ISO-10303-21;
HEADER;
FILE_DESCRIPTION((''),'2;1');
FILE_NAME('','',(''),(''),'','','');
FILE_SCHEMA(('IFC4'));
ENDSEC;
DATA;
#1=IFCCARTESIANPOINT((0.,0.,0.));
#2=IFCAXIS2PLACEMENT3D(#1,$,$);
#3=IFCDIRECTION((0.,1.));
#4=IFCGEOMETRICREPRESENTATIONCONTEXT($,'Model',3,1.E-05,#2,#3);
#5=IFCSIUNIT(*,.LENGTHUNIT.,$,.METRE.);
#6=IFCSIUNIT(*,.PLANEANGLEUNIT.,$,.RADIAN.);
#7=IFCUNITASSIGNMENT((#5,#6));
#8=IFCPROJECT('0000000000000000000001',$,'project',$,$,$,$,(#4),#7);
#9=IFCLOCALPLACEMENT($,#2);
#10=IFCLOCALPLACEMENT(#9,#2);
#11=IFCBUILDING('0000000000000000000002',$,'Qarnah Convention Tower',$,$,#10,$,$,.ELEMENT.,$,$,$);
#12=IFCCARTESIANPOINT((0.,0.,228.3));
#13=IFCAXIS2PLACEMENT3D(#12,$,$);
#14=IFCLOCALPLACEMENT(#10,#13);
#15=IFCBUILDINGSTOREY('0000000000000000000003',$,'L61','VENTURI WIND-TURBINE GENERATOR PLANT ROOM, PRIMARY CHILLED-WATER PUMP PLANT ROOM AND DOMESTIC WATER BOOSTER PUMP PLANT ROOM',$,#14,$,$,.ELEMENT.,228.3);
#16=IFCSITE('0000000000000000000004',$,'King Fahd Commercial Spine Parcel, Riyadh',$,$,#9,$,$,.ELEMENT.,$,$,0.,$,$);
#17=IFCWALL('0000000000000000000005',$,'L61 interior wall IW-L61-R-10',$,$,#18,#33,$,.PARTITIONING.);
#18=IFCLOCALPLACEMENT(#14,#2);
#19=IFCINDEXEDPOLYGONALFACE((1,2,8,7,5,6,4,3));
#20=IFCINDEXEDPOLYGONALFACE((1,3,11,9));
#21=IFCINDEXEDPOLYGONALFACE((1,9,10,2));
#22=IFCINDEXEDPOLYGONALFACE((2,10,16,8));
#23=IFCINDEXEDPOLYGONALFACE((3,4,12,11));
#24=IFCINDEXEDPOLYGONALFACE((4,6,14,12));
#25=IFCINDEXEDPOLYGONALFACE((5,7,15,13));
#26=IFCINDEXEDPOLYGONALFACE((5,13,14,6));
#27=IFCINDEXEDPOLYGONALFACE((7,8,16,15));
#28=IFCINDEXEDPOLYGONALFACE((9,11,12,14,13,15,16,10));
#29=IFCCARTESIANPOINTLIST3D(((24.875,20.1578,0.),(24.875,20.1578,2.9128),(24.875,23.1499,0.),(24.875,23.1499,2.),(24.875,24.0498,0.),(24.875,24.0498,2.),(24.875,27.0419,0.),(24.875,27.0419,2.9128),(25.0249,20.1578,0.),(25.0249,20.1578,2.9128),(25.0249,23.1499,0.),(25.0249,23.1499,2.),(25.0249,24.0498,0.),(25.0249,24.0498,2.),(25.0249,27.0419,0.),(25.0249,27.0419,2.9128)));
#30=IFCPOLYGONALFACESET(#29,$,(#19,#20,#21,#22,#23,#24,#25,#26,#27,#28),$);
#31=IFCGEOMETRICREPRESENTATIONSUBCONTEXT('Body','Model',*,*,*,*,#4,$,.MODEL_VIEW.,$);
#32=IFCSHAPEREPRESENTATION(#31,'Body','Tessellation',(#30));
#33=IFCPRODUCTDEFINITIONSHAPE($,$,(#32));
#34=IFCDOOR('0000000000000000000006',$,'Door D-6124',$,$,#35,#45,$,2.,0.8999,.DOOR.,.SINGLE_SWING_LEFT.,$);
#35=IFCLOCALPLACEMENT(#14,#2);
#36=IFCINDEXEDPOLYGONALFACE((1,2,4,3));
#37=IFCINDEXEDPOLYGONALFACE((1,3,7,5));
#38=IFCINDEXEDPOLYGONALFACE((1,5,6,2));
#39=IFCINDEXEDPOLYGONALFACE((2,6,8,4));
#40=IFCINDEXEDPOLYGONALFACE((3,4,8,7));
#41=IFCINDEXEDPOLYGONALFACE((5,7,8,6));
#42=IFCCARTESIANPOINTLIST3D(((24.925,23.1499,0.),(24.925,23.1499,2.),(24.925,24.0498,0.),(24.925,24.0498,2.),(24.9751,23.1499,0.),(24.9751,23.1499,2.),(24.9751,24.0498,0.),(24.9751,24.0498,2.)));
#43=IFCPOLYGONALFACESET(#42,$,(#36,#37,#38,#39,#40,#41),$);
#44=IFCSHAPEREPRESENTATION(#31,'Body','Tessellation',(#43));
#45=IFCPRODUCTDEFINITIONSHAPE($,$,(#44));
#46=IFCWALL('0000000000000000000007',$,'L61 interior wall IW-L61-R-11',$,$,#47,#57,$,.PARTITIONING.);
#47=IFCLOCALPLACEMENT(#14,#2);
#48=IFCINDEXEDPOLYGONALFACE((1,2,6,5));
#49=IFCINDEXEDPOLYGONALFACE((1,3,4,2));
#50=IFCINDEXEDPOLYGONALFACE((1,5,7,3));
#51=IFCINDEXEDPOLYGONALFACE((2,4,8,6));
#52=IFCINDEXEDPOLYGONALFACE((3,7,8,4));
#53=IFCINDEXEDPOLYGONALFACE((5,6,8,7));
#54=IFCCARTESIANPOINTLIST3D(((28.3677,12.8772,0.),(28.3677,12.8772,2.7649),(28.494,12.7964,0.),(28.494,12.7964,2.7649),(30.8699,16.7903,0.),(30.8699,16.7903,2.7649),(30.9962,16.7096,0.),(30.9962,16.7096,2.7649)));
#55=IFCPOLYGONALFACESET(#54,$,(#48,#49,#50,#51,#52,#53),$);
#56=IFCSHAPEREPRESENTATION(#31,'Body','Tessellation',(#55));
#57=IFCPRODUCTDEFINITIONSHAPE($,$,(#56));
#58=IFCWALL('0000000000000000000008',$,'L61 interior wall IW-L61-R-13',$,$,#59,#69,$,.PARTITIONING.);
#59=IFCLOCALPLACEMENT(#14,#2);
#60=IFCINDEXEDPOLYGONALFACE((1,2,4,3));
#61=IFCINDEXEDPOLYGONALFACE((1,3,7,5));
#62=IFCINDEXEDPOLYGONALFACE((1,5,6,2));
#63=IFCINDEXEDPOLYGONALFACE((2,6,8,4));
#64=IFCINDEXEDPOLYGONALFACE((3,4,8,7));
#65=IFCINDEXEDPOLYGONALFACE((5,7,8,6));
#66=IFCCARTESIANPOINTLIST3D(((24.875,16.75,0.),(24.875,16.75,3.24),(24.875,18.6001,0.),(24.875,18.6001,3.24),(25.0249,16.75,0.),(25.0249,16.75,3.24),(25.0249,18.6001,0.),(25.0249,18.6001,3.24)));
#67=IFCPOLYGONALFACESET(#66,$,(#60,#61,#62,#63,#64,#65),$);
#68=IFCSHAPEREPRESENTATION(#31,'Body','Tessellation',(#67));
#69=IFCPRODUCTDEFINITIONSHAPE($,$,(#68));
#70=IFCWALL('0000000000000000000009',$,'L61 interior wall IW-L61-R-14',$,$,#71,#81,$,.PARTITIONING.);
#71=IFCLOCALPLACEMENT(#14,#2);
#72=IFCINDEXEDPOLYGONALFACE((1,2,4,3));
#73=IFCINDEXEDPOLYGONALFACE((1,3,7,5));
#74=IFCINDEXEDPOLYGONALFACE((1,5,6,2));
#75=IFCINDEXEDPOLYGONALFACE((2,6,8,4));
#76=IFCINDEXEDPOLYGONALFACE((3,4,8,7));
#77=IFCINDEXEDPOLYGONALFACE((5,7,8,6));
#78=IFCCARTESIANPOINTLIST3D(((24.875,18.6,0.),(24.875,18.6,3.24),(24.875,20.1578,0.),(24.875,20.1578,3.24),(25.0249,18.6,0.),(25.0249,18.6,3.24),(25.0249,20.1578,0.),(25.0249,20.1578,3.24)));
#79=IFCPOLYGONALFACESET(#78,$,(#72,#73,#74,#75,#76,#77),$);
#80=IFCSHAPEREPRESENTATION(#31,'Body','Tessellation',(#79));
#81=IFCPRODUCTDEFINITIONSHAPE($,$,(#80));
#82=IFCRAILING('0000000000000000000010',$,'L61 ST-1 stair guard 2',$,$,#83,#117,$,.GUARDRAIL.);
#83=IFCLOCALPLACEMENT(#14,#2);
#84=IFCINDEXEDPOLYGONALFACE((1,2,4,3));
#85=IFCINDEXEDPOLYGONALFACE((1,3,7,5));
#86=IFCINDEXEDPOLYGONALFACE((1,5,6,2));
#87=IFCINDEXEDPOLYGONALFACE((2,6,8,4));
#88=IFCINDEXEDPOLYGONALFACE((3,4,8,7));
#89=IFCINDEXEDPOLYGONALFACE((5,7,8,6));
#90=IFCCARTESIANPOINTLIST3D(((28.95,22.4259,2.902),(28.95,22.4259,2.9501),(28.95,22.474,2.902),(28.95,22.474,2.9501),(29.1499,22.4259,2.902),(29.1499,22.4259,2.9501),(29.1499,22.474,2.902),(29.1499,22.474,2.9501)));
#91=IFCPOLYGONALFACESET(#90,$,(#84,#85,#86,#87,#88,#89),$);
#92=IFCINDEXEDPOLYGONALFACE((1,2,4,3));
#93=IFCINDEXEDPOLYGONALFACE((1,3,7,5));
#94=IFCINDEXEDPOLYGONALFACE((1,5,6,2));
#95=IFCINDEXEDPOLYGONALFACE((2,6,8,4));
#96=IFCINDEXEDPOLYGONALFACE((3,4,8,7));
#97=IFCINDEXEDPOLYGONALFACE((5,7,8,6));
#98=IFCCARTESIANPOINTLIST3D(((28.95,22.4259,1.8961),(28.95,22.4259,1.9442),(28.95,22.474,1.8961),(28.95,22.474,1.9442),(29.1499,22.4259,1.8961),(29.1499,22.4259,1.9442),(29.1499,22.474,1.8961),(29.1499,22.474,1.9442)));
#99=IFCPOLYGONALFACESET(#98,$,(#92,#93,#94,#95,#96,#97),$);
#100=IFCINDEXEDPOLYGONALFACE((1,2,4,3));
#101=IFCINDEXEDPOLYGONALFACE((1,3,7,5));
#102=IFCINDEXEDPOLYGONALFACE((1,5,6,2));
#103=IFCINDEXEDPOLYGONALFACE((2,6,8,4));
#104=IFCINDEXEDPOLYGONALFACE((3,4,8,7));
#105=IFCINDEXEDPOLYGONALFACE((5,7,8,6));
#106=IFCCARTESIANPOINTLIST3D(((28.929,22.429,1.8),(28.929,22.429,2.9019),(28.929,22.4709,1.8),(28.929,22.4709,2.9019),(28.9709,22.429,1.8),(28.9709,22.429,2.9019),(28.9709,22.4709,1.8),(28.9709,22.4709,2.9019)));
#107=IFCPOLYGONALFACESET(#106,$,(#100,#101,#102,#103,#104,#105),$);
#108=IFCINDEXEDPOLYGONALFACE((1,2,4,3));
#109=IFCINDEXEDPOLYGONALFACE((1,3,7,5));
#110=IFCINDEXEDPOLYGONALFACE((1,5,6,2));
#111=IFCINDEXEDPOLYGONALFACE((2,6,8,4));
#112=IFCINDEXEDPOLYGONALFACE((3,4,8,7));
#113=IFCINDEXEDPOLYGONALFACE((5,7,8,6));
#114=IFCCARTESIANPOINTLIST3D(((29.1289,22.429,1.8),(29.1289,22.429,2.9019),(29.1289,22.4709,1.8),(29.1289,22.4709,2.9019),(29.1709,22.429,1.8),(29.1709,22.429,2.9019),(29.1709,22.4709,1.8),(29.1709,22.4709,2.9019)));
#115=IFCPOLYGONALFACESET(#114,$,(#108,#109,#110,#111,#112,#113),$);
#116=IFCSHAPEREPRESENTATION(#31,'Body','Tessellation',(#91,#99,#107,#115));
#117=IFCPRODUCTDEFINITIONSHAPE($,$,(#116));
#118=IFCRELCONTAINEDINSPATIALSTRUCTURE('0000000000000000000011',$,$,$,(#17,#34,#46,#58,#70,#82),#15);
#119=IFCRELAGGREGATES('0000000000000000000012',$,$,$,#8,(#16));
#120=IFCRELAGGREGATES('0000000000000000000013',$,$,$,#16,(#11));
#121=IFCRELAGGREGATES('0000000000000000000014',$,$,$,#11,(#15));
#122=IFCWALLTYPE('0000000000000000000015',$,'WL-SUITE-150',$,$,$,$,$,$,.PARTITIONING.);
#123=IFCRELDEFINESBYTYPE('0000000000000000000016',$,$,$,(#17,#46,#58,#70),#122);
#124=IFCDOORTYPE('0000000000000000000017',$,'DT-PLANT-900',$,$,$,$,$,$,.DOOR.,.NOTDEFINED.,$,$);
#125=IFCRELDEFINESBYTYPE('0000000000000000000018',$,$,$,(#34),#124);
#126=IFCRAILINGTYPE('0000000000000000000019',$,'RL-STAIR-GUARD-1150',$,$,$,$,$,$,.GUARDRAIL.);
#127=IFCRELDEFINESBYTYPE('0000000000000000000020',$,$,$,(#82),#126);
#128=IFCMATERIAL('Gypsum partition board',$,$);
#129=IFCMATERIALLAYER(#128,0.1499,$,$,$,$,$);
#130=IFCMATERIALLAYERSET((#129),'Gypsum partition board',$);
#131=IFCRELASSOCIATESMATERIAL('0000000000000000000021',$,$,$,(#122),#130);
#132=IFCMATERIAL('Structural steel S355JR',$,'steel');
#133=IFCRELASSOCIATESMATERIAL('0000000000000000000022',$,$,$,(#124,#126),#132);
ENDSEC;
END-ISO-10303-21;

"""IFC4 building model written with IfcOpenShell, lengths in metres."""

from ifc_helpers import new_model, si_unit, direction, frame, frame_2d, origin, origin_2d, place, context, subcontext, project, spatial, rectangle, extrude, material, layer, layer_set, type_object, element, fill, save


model = new_model("IFC4")

# Units and contexts
model_context = context("Model", 3, precision=1e-05, world=origin(), true_north=direction((0.0, 1.0)))
body_context = subcontext(model_context, "Body", "Model", "MODEL_VIEW")
ifc_project = project(units=[si_unit("LENGTHUNIT", "METRE"), si_unit("PLANEANGLEUNIT", "RADIAN")], contexts=[model_context])

# Site, building, storey
site_placement = place(None, origin())
site = spatial("IfcSite", under=ifc_project, at=site_placement, Name="King Fahd Commercial Spine Parcel, Riyadh", CompositionType="ELEMENT", RefElevation=0.0)
building_placement = place(site_placement, origin())
building = spatial("IfcBuilding", under=site, at=building_placement, Name="Qarnah Convention Tower", CompositionType="ELEMENT")
storey_placement = place(building_placement, frame((0.0, 0.0, 228.3)))
storey = spatial("IfcBuildingStorey", under=building, at=storey_placement, Name="L61", Description="VENTURI WIND-TURBINE GENERATOR PLANT ROOM, PRIMARY CHILLED-WATER PUMP PLANT ROOM AND DOMESTIC WATER BOOSTER PUMP PLANT ROOM", CompositionType="ELEMENT", Elevation=228.3)

# Shared definitions
ifc_material_1 = material(Name="Structural steel S355JR", Category="steel")

# Shared definitions
ifc_material_2 = material(Name="Gypsum partition board")
ifc_layer_1 = layer(ifc_material_2, 0.1499)
ifc_layer_set_1 = layer_set([ifc_layer_1], Name="Gypsum partition board")
wall_type_1 = type_object("IfcWallType", Name="WL-SUITE-150", PredefinedType="PARTITIONING", material=ifc_layer_set_1)

# Wall, opening, door
wall_1_placement = place(storey_placement, frame((24.95, 20.158, 0.0), z_axis=(0.0, 0.0, 1.0), x_axis=(0.0, 1.0, 0.0)))
wall_1 = element("IfcWall", 1, at=wall_1_placement, inside=storey, type_object=wall_type_1, Name="L61 interior wall IW-L61-R-10", PredefinedType="PARTITIONING", context=body_context, shape_type="SweptSolid", body=[
    extrude(rectangle(XDim=6.884, YDim=0.1499, at=frame_2d((3.4419, 0.0))), origin(), (0.0, 0.0, 1.0), 2.9128),
])
opening_1_placement = place(wall_1_placement, frame((2.9919, 0.0, 0.0)))
opening_1 = element("IfcOpeningElement", 2, at=opening_1_placement, cuts=wall_1, PredefinedType="OPENING", context=body_context, shape_type="SweptSolid", body=[
    extrude(rectangle(XDim=0.8999, YDim=2.0, at=frame_2d((0.45, 1.0))), frame((0.0, 0.085, 0.0), z_axis=(0.0, -1.0, 0.0), x_axis=(1.0, 0.0, 0.0)), (0.0, 0.0, 1.0), 0.1699),
])
door_type_1 = type_object("IfcDoorType", Name="DT-PLANT-900", OperationType="NOTDEFINED", PredefinedType="DOOR", material=ifc_material_1)
door_1_placement = place(opening_1_placement, origin())
door_1 = element("IfcDoor", 3, at=door_1_placement, inside=storey, type_object=door_type_1, Name="Door D-6124", OperationType="SINGLE_SWING_LEFT", OverallHeight=2.0, OverallWidth=0.8999, PredefinedType="DOOR", context=body_context, shape_type="SweptSolid", body=[
    extrude(rectangle(XDim=0.8999, YDim=2.0, at=frame_2d((0.45, 1.0))), frame((0.0, 0.0249, 0.0), z_axis=(0.0, -1.0, 0.0), x_axis=(1.0, 0.0, 0.0)), (0.0, 0.0, 1.0), 0.05),
])
fill(opening_1, door_1)

# Walls
wall_2_placement = place(storey_placement, frame((28.4309, 12.8369, 0.0), z_axis=(0.0, 0.0, 1.0), x_axis=(0.538721, 0.842484, 0.0)))
element("IfcWall", 4, at=wall_2_placement, inside=storey, type_object=wall_type_1, Name="L61 interior wall IW-L61-R-11", PredefinedType="PARTITIONING", context=body_context, shape_type="SweptSolid", body=[
    extrude(rectangle(XDim=4.6448, YDim=0.1499, at=frame_2d((2.3223, 0.0))), origin(), (0.0, 0.0, 1.0), 2.7649),
])
wall_3_placement = place(storey_placement, frame((24.95, 16.75, 0.0), z_axis=(0.0, 0.0, 1.0), x_axis=(0.0, 1.0, 0.0)))
element("IfcWall", 5, at=wall_3_placement, inside=storey, type_object=wall_type_1, Name="L61 interior wall IW-L61-R-13", PredefinedType="PARTITIONING", context=body_context, shape_type="SweptSolid", body=[
    extrude(rectangle(XDim=1.8501, YDim=0.1499, at=frame_2d((0.925, 0.0))), origin(), (0.0, 0.0, 1.0), 3.24),
])
wall_4_placement = place(storey_placement, frame((24.95, 18.6001, 0.0), z_axis=(0.0, 0.0, 1.0), x_axis=(0.0, 1.0, 0.0)))
element("IfcWall", 6, at=wall_4_placement, inside=storey, type_object=wall_type_1, Name="L61 interior wall IW-L61-R-14", PredefinedType="PARTITIONING", context=body_context, shape_type="SweptSolid", body=[
    extrude(rectangle(XDim=1.5579, YDim=0.1499, at=frame_2d((0.7788, 0.0))), origin(), (0.0, 0.0, 1.0), 3.24),
])

# Railing
railing_type = type_object("IfcRailingType", Name="RL-STAIR-GUARD-1150", PredefinedType="GUARDRAIL", material=ifc_material_1)
railing_placement = place(storey_placement, frame((28.95, 22.45, 1.8)))
element("IfcRailing", 7, at=railing_placement, inside=storey, type_object=railing_type, Name="L61 ST-1 stair guard 2", PredefinedType="GUARDRAIL", context=body_context, shape_type="SweptSolid", body=[
    extrude(rectangle(XDim=0.0481, YDim=0.0481, at=origin_2d()), frame((0.0, 0.0, 1.126), z_axis=(1.0, 0.0, 0.0), x_axis=(0.0, 1.0, 0.0)), (0.0, 0.0, 1.0), 0.2),
    extrude(rectangle(XDim=0.0481, YDim=0.0481, at=origin_2d()), frame((0.0, 0.0, 0.1201), z_axis=(1.0, 0.0, 0.0), x_axis=(0.0, 1.0, 0.0)), (0.0, 0.0, 1.0), 0.2),
    extrude(rectangle(XDim=0.042, YDim=0.042, at=origin_2d()), origin(), (0.0, 0.0, 1.0), 1.1018),
    extrude(rectangle(XDim=0.042, YDim=0.042, at=origin_2d()), frame((0.2, 0.0, 0.0)), (0.0, 0.0, 1.0), 1.1018),
])

save(model, "model.ifc")
